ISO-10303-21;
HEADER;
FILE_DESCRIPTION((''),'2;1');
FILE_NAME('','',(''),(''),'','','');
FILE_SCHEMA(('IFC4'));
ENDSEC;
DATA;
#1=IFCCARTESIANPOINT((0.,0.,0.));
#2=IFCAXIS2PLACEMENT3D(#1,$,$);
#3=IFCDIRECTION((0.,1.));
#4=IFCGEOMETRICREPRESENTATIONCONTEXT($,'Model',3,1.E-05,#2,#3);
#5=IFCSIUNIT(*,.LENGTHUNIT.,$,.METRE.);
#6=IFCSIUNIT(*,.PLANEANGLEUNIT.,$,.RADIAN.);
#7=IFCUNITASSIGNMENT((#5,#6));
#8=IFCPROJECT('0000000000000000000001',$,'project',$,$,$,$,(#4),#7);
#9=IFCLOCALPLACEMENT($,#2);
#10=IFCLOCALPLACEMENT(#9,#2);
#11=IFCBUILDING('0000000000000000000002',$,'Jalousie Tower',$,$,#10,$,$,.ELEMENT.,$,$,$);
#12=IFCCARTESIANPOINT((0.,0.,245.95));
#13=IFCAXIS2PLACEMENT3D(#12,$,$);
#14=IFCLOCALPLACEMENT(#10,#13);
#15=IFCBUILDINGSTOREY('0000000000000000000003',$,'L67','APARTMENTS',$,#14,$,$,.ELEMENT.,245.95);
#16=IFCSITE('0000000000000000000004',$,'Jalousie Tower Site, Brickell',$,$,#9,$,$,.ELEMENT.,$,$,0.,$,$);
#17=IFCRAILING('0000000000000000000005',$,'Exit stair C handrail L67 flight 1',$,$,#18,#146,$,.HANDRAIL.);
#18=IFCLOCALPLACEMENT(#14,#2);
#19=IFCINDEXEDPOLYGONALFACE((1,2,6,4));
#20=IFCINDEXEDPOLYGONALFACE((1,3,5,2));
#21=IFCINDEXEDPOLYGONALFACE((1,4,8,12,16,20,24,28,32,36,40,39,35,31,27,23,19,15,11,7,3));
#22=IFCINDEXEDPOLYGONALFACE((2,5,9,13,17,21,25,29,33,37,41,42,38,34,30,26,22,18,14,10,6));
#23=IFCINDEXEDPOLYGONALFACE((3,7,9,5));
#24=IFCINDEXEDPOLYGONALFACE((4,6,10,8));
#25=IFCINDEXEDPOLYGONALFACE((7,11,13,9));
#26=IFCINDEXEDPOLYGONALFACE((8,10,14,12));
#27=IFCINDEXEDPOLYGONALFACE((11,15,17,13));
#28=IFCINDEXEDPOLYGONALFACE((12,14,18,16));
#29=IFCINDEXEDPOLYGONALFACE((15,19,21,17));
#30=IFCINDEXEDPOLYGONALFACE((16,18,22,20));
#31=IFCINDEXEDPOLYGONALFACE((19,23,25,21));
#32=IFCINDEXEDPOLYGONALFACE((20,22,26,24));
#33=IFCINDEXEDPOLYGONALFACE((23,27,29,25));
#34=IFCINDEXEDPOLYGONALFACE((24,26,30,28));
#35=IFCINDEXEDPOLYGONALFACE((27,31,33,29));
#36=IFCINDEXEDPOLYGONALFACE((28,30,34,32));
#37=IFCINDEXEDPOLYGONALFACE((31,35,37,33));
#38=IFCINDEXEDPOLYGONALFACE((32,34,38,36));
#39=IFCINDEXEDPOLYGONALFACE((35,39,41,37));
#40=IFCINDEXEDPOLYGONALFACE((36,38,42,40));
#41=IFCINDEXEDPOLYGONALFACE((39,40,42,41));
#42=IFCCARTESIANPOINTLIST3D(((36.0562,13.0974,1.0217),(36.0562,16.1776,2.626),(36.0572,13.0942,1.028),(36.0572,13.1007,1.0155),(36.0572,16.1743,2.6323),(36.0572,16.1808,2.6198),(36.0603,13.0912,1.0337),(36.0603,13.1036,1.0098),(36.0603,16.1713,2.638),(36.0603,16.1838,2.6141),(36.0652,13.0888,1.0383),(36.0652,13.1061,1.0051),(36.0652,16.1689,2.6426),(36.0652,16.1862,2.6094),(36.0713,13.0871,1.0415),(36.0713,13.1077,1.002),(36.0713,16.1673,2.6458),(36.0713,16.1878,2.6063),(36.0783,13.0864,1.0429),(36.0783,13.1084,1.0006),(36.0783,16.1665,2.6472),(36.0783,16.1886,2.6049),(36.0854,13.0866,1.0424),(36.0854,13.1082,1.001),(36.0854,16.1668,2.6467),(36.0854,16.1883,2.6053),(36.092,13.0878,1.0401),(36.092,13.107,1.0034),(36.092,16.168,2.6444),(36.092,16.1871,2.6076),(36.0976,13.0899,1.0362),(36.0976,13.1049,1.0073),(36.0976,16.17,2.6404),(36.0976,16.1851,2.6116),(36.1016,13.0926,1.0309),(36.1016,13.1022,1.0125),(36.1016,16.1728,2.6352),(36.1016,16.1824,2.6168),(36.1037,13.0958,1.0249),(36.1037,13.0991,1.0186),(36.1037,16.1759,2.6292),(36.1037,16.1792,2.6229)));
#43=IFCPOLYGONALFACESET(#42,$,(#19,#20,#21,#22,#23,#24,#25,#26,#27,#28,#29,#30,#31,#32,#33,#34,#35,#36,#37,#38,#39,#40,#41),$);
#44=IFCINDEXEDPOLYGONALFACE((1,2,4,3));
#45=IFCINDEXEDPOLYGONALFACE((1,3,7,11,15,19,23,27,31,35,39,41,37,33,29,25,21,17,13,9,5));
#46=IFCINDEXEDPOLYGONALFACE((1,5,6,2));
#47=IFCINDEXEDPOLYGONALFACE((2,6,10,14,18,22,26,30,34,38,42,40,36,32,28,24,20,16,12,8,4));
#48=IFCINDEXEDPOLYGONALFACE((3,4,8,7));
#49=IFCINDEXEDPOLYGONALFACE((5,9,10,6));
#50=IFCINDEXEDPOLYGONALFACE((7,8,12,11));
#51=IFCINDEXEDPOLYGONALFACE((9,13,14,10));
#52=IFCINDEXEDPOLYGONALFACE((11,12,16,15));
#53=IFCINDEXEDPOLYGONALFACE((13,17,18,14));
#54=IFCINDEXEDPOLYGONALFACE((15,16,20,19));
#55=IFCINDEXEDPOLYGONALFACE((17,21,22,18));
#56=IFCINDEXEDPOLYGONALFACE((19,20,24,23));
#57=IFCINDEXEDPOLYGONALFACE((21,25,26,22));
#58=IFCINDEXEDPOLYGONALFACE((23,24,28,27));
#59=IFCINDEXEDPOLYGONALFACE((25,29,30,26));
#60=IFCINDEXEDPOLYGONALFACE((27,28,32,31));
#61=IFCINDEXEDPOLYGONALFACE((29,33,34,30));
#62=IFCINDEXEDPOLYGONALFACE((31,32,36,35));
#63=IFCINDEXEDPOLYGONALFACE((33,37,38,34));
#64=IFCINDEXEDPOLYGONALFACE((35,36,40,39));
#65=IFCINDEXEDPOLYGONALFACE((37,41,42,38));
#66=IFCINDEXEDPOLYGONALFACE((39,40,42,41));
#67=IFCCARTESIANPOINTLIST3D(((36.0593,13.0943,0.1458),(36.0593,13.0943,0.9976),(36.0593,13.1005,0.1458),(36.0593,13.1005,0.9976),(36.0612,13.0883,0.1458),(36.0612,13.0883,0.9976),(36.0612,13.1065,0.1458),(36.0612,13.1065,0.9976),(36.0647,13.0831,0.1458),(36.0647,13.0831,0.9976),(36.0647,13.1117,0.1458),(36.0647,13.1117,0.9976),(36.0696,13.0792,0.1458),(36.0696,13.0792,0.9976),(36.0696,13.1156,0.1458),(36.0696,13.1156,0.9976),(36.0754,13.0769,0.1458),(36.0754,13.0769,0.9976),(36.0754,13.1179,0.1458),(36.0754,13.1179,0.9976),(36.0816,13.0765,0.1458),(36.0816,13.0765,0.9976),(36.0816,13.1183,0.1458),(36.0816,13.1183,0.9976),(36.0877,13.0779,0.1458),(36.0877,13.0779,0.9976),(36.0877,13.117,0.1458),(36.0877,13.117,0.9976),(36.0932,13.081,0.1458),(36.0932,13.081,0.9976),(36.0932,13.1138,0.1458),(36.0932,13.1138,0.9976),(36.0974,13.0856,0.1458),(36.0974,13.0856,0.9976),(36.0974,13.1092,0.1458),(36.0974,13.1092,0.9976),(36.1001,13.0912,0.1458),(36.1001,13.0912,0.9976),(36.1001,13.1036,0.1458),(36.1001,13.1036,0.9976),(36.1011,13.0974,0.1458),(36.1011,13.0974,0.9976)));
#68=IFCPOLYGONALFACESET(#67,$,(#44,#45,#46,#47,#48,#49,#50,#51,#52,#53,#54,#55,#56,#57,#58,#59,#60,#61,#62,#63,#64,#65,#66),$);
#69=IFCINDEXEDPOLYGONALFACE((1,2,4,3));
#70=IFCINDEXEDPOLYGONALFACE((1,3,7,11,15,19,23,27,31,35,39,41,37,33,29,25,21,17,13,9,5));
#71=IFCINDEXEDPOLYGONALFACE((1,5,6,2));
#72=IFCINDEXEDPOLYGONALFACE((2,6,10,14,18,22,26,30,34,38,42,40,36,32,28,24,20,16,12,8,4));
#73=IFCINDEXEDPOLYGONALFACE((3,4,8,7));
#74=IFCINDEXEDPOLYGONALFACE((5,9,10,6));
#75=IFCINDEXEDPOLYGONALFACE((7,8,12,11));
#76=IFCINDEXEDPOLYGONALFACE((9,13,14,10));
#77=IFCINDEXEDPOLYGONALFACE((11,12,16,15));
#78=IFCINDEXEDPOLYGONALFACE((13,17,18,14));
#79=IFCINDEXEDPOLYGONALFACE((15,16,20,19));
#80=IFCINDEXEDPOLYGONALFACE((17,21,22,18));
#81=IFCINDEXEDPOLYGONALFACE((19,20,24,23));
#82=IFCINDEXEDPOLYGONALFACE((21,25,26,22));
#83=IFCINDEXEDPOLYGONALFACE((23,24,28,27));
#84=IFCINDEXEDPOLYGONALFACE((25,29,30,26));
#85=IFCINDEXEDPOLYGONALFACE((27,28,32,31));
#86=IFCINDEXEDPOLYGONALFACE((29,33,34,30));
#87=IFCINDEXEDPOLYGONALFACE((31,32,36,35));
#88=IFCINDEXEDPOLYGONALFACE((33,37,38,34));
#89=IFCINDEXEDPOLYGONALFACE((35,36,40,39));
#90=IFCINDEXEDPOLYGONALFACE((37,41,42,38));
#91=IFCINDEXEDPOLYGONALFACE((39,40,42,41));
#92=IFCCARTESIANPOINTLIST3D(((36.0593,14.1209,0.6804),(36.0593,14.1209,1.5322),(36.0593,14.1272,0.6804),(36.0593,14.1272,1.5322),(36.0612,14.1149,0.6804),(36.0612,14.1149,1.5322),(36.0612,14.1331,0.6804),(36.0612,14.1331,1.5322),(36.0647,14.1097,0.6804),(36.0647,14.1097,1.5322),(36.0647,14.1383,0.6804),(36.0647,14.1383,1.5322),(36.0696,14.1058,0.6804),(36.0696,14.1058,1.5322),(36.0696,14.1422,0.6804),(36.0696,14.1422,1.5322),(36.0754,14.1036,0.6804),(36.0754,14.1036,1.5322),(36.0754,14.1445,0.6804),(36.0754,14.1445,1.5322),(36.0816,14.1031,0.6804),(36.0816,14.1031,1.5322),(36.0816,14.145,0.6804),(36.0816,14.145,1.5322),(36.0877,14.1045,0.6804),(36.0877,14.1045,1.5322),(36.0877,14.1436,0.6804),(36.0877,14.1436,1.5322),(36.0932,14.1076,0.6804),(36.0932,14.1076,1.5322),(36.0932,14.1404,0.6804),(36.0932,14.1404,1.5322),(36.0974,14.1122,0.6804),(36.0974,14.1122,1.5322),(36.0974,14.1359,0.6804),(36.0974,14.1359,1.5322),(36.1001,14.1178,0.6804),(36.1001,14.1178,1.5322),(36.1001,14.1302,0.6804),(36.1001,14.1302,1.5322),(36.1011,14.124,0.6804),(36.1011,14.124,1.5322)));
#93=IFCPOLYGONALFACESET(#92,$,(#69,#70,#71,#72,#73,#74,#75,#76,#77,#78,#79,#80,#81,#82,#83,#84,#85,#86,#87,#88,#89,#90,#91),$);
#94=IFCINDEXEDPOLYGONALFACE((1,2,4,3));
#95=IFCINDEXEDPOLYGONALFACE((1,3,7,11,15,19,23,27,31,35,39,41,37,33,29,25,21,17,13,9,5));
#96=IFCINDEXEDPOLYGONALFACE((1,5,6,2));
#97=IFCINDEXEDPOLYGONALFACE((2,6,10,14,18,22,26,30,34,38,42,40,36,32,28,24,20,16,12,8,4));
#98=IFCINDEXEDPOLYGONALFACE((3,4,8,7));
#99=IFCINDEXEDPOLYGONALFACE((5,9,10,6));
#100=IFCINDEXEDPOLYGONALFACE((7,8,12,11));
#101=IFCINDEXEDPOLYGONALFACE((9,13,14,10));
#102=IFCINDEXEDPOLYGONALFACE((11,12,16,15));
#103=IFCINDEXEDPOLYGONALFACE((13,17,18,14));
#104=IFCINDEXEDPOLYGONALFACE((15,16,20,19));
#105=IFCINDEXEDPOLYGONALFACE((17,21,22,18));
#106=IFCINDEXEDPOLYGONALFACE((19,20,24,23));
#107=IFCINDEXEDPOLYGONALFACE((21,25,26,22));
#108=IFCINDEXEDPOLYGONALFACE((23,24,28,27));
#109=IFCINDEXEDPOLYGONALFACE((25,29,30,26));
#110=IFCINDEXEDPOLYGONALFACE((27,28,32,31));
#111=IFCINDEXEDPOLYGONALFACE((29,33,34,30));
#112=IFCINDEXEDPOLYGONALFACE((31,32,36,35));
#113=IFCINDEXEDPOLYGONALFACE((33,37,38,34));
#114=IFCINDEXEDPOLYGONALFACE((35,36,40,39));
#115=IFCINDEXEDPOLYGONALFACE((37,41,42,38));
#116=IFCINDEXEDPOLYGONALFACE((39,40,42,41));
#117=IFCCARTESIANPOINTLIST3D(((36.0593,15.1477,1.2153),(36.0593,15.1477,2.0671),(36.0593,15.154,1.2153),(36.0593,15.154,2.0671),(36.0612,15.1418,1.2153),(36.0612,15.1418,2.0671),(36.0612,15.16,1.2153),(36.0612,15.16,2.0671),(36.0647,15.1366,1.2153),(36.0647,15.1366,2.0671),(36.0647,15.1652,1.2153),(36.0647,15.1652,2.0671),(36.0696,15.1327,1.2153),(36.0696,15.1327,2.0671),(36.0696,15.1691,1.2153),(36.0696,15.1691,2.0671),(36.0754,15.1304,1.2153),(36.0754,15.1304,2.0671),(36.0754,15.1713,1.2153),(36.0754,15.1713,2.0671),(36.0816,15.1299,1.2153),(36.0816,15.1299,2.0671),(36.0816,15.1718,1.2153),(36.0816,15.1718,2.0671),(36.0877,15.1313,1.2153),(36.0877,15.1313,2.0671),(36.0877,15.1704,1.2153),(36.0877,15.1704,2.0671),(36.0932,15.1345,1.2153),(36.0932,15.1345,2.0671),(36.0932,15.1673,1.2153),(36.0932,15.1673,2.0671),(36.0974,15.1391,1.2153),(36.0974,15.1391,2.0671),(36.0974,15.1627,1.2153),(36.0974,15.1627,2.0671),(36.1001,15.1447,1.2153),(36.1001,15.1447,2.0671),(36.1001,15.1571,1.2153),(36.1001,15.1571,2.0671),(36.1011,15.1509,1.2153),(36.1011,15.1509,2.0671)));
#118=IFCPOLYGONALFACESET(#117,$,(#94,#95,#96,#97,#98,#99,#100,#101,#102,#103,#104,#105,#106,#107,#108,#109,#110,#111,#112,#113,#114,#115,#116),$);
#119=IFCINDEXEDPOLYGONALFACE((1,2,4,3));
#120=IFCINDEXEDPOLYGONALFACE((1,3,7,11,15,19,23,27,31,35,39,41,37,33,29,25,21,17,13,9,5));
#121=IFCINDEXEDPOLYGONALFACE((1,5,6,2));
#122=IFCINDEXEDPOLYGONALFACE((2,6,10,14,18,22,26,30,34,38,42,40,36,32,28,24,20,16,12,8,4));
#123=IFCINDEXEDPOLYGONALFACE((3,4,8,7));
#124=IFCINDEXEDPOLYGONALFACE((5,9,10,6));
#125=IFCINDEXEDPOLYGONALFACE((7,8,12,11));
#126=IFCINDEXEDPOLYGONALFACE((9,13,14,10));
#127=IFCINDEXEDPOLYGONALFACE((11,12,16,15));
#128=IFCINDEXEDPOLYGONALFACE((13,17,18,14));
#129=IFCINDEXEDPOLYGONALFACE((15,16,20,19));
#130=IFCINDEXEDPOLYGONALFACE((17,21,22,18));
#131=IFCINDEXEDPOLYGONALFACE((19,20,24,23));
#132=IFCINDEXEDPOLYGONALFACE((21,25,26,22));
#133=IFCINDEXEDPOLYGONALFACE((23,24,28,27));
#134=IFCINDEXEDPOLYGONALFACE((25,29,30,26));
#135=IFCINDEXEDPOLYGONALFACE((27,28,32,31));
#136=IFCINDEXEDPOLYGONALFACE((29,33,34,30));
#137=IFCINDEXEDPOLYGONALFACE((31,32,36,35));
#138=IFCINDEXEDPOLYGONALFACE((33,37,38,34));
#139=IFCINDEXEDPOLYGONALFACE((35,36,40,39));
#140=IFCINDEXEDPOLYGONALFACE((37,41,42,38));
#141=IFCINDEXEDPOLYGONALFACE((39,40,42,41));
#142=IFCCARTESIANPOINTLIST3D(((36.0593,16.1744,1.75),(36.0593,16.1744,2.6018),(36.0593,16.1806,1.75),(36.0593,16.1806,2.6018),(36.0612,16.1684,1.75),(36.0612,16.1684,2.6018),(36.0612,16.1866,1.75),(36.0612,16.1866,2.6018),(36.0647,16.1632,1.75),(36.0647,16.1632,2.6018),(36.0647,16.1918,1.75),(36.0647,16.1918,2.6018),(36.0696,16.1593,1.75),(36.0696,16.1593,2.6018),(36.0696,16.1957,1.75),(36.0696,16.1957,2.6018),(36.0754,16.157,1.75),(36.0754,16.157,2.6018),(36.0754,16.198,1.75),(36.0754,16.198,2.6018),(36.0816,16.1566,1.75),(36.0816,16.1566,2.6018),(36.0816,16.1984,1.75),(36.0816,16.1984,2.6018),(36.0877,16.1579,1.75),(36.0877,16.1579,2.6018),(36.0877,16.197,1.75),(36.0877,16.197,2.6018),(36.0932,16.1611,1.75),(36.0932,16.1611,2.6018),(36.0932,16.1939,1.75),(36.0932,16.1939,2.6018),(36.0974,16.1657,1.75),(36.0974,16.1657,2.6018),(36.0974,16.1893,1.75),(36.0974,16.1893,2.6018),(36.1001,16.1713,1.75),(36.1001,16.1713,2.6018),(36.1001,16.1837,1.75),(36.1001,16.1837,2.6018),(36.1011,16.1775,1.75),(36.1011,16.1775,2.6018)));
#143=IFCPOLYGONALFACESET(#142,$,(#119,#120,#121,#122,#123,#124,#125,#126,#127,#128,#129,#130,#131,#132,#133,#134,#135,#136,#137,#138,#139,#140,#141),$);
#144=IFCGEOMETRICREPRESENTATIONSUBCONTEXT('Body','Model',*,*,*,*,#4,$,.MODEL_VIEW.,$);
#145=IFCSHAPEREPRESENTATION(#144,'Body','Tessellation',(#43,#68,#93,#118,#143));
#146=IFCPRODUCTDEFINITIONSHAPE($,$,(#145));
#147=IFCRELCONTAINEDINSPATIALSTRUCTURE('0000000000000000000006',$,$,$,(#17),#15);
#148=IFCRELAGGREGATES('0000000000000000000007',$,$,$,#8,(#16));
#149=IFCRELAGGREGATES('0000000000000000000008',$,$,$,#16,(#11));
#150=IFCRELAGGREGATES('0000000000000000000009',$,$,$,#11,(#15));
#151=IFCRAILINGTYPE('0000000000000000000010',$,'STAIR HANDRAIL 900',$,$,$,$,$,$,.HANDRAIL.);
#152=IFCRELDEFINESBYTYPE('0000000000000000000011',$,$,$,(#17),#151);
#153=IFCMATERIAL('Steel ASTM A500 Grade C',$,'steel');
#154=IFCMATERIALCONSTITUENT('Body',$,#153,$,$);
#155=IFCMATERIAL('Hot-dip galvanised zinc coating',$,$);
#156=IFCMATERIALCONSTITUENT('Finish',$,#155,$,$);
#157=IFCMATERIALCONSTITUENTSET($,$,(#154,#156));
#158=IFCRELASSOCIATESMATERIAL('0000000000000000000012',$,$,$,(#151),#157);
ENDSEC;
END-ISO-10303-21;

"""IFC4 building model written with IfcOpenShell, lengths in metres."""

from ifc_helpers import new_model, si_unit, direction, frame, origin, origin_2d, place, context, subcontext, project, spatial, circle, extrude, material, constituent, constituent_set, type_object, element, save


model = new_model("IFC4")

# Units and contexts
model_context = context("Model", 3, precision=1e-05, world=origin(), true_north=direction((0.0, 1.0)))
body_context = subcontext(model_context, "Body", "Model", "MODEL_VIEW")
ifc_project = project(units=[si_unit("LENGTHUNIT", "METRE"), si_unit("PLANEANGLEUNIT", "RADIAN")], contexts=[model_context])

# Site, building, storey
site_placement = place(None, origin())
site = spatial("IfcSite", under=ifc_project, at=site_placement, Name="Jalousie Tower Site, Brickell", CompositionType="ELEMENT", RefElevation=0.0)
building_placement = place(site_placement, origin())
building = spatial("IfcBuilding", under=site, at=building_placement, Name="Jalousie Tower", CompositionType="ELEMENT")
storey_placement = place(building_placement, frame((0.0, 0.0, 245.95)))
storey = spatial("IfcBuildingStorey", under=building, at=storey_placement, Name="L67", Description="APARTMENTS", CompositionType="ELEMENT", Elevation=245.95)

# Railing
ifc_material_1 = material(Name="Steel ASTM A500 Grade C", Category="steel")
ifc_constituent_1 = constituent(ifc_material_1, Name="Body")
ifc_material_2 = material(Name="Hot-dip galvanised zinc coating")
ifc_constituent_2 = constituent(ifc_material_2, Name="Finish")
ifc_constituent_set_1 = constituent_set(constituents=[ifc_constituent_1, ifc_constituent_2])
railing_type = type_object("IfcRailingType", Name="STAIR HANDRAIL 900", PredefinedType="HANDRAIL", material=ifc_constituent_set_1)
railing_placement = place(storey_placement, frame((36.0801, 13.0974, 0.1458)))
element("IfcRailing", 1, at=railing_placement, inside=storey, type_object=railing_type, Name="Exit stair C handrail L67 flight 1", PredefinedType="HANDRAIL", context=body_context, shape_type="SweptSolid", body=[
    extrude(circle(Radius=0.0239, at=origin_2d()), frame((0.0, 0.0, 0.876), z_axis=(0.0, 0.886909, 0.461944), x_axis=(-1.0, 0.0, 0.0)), (0.0, 0.0, 1.0), 3.4729),
    extrude(circle(Radius=0.021, at=origin_2d()), origin(), (0.0, 0.0, 1.0), 0.8518),
    extrude(circle(Radius=0.021, at=origin_2d()), frame((0.0, 1.0266, 0.5347)), (0.0, 0.0, 1.0), 0.8518),
    extrude(circle(Radius=0.021, at=origin_2d()), frame((0.0, 2.0535, 1.0696)), (0.0, 0.0, 1.0), 0.8518),
    extrude(circle(Radius=0.021, at=origin_2d()), frame((0.0, 3.0801, 1.6042)), (0.0, 0.0, 1.0), 0.8518),
])

save(model, "model.ifc")
